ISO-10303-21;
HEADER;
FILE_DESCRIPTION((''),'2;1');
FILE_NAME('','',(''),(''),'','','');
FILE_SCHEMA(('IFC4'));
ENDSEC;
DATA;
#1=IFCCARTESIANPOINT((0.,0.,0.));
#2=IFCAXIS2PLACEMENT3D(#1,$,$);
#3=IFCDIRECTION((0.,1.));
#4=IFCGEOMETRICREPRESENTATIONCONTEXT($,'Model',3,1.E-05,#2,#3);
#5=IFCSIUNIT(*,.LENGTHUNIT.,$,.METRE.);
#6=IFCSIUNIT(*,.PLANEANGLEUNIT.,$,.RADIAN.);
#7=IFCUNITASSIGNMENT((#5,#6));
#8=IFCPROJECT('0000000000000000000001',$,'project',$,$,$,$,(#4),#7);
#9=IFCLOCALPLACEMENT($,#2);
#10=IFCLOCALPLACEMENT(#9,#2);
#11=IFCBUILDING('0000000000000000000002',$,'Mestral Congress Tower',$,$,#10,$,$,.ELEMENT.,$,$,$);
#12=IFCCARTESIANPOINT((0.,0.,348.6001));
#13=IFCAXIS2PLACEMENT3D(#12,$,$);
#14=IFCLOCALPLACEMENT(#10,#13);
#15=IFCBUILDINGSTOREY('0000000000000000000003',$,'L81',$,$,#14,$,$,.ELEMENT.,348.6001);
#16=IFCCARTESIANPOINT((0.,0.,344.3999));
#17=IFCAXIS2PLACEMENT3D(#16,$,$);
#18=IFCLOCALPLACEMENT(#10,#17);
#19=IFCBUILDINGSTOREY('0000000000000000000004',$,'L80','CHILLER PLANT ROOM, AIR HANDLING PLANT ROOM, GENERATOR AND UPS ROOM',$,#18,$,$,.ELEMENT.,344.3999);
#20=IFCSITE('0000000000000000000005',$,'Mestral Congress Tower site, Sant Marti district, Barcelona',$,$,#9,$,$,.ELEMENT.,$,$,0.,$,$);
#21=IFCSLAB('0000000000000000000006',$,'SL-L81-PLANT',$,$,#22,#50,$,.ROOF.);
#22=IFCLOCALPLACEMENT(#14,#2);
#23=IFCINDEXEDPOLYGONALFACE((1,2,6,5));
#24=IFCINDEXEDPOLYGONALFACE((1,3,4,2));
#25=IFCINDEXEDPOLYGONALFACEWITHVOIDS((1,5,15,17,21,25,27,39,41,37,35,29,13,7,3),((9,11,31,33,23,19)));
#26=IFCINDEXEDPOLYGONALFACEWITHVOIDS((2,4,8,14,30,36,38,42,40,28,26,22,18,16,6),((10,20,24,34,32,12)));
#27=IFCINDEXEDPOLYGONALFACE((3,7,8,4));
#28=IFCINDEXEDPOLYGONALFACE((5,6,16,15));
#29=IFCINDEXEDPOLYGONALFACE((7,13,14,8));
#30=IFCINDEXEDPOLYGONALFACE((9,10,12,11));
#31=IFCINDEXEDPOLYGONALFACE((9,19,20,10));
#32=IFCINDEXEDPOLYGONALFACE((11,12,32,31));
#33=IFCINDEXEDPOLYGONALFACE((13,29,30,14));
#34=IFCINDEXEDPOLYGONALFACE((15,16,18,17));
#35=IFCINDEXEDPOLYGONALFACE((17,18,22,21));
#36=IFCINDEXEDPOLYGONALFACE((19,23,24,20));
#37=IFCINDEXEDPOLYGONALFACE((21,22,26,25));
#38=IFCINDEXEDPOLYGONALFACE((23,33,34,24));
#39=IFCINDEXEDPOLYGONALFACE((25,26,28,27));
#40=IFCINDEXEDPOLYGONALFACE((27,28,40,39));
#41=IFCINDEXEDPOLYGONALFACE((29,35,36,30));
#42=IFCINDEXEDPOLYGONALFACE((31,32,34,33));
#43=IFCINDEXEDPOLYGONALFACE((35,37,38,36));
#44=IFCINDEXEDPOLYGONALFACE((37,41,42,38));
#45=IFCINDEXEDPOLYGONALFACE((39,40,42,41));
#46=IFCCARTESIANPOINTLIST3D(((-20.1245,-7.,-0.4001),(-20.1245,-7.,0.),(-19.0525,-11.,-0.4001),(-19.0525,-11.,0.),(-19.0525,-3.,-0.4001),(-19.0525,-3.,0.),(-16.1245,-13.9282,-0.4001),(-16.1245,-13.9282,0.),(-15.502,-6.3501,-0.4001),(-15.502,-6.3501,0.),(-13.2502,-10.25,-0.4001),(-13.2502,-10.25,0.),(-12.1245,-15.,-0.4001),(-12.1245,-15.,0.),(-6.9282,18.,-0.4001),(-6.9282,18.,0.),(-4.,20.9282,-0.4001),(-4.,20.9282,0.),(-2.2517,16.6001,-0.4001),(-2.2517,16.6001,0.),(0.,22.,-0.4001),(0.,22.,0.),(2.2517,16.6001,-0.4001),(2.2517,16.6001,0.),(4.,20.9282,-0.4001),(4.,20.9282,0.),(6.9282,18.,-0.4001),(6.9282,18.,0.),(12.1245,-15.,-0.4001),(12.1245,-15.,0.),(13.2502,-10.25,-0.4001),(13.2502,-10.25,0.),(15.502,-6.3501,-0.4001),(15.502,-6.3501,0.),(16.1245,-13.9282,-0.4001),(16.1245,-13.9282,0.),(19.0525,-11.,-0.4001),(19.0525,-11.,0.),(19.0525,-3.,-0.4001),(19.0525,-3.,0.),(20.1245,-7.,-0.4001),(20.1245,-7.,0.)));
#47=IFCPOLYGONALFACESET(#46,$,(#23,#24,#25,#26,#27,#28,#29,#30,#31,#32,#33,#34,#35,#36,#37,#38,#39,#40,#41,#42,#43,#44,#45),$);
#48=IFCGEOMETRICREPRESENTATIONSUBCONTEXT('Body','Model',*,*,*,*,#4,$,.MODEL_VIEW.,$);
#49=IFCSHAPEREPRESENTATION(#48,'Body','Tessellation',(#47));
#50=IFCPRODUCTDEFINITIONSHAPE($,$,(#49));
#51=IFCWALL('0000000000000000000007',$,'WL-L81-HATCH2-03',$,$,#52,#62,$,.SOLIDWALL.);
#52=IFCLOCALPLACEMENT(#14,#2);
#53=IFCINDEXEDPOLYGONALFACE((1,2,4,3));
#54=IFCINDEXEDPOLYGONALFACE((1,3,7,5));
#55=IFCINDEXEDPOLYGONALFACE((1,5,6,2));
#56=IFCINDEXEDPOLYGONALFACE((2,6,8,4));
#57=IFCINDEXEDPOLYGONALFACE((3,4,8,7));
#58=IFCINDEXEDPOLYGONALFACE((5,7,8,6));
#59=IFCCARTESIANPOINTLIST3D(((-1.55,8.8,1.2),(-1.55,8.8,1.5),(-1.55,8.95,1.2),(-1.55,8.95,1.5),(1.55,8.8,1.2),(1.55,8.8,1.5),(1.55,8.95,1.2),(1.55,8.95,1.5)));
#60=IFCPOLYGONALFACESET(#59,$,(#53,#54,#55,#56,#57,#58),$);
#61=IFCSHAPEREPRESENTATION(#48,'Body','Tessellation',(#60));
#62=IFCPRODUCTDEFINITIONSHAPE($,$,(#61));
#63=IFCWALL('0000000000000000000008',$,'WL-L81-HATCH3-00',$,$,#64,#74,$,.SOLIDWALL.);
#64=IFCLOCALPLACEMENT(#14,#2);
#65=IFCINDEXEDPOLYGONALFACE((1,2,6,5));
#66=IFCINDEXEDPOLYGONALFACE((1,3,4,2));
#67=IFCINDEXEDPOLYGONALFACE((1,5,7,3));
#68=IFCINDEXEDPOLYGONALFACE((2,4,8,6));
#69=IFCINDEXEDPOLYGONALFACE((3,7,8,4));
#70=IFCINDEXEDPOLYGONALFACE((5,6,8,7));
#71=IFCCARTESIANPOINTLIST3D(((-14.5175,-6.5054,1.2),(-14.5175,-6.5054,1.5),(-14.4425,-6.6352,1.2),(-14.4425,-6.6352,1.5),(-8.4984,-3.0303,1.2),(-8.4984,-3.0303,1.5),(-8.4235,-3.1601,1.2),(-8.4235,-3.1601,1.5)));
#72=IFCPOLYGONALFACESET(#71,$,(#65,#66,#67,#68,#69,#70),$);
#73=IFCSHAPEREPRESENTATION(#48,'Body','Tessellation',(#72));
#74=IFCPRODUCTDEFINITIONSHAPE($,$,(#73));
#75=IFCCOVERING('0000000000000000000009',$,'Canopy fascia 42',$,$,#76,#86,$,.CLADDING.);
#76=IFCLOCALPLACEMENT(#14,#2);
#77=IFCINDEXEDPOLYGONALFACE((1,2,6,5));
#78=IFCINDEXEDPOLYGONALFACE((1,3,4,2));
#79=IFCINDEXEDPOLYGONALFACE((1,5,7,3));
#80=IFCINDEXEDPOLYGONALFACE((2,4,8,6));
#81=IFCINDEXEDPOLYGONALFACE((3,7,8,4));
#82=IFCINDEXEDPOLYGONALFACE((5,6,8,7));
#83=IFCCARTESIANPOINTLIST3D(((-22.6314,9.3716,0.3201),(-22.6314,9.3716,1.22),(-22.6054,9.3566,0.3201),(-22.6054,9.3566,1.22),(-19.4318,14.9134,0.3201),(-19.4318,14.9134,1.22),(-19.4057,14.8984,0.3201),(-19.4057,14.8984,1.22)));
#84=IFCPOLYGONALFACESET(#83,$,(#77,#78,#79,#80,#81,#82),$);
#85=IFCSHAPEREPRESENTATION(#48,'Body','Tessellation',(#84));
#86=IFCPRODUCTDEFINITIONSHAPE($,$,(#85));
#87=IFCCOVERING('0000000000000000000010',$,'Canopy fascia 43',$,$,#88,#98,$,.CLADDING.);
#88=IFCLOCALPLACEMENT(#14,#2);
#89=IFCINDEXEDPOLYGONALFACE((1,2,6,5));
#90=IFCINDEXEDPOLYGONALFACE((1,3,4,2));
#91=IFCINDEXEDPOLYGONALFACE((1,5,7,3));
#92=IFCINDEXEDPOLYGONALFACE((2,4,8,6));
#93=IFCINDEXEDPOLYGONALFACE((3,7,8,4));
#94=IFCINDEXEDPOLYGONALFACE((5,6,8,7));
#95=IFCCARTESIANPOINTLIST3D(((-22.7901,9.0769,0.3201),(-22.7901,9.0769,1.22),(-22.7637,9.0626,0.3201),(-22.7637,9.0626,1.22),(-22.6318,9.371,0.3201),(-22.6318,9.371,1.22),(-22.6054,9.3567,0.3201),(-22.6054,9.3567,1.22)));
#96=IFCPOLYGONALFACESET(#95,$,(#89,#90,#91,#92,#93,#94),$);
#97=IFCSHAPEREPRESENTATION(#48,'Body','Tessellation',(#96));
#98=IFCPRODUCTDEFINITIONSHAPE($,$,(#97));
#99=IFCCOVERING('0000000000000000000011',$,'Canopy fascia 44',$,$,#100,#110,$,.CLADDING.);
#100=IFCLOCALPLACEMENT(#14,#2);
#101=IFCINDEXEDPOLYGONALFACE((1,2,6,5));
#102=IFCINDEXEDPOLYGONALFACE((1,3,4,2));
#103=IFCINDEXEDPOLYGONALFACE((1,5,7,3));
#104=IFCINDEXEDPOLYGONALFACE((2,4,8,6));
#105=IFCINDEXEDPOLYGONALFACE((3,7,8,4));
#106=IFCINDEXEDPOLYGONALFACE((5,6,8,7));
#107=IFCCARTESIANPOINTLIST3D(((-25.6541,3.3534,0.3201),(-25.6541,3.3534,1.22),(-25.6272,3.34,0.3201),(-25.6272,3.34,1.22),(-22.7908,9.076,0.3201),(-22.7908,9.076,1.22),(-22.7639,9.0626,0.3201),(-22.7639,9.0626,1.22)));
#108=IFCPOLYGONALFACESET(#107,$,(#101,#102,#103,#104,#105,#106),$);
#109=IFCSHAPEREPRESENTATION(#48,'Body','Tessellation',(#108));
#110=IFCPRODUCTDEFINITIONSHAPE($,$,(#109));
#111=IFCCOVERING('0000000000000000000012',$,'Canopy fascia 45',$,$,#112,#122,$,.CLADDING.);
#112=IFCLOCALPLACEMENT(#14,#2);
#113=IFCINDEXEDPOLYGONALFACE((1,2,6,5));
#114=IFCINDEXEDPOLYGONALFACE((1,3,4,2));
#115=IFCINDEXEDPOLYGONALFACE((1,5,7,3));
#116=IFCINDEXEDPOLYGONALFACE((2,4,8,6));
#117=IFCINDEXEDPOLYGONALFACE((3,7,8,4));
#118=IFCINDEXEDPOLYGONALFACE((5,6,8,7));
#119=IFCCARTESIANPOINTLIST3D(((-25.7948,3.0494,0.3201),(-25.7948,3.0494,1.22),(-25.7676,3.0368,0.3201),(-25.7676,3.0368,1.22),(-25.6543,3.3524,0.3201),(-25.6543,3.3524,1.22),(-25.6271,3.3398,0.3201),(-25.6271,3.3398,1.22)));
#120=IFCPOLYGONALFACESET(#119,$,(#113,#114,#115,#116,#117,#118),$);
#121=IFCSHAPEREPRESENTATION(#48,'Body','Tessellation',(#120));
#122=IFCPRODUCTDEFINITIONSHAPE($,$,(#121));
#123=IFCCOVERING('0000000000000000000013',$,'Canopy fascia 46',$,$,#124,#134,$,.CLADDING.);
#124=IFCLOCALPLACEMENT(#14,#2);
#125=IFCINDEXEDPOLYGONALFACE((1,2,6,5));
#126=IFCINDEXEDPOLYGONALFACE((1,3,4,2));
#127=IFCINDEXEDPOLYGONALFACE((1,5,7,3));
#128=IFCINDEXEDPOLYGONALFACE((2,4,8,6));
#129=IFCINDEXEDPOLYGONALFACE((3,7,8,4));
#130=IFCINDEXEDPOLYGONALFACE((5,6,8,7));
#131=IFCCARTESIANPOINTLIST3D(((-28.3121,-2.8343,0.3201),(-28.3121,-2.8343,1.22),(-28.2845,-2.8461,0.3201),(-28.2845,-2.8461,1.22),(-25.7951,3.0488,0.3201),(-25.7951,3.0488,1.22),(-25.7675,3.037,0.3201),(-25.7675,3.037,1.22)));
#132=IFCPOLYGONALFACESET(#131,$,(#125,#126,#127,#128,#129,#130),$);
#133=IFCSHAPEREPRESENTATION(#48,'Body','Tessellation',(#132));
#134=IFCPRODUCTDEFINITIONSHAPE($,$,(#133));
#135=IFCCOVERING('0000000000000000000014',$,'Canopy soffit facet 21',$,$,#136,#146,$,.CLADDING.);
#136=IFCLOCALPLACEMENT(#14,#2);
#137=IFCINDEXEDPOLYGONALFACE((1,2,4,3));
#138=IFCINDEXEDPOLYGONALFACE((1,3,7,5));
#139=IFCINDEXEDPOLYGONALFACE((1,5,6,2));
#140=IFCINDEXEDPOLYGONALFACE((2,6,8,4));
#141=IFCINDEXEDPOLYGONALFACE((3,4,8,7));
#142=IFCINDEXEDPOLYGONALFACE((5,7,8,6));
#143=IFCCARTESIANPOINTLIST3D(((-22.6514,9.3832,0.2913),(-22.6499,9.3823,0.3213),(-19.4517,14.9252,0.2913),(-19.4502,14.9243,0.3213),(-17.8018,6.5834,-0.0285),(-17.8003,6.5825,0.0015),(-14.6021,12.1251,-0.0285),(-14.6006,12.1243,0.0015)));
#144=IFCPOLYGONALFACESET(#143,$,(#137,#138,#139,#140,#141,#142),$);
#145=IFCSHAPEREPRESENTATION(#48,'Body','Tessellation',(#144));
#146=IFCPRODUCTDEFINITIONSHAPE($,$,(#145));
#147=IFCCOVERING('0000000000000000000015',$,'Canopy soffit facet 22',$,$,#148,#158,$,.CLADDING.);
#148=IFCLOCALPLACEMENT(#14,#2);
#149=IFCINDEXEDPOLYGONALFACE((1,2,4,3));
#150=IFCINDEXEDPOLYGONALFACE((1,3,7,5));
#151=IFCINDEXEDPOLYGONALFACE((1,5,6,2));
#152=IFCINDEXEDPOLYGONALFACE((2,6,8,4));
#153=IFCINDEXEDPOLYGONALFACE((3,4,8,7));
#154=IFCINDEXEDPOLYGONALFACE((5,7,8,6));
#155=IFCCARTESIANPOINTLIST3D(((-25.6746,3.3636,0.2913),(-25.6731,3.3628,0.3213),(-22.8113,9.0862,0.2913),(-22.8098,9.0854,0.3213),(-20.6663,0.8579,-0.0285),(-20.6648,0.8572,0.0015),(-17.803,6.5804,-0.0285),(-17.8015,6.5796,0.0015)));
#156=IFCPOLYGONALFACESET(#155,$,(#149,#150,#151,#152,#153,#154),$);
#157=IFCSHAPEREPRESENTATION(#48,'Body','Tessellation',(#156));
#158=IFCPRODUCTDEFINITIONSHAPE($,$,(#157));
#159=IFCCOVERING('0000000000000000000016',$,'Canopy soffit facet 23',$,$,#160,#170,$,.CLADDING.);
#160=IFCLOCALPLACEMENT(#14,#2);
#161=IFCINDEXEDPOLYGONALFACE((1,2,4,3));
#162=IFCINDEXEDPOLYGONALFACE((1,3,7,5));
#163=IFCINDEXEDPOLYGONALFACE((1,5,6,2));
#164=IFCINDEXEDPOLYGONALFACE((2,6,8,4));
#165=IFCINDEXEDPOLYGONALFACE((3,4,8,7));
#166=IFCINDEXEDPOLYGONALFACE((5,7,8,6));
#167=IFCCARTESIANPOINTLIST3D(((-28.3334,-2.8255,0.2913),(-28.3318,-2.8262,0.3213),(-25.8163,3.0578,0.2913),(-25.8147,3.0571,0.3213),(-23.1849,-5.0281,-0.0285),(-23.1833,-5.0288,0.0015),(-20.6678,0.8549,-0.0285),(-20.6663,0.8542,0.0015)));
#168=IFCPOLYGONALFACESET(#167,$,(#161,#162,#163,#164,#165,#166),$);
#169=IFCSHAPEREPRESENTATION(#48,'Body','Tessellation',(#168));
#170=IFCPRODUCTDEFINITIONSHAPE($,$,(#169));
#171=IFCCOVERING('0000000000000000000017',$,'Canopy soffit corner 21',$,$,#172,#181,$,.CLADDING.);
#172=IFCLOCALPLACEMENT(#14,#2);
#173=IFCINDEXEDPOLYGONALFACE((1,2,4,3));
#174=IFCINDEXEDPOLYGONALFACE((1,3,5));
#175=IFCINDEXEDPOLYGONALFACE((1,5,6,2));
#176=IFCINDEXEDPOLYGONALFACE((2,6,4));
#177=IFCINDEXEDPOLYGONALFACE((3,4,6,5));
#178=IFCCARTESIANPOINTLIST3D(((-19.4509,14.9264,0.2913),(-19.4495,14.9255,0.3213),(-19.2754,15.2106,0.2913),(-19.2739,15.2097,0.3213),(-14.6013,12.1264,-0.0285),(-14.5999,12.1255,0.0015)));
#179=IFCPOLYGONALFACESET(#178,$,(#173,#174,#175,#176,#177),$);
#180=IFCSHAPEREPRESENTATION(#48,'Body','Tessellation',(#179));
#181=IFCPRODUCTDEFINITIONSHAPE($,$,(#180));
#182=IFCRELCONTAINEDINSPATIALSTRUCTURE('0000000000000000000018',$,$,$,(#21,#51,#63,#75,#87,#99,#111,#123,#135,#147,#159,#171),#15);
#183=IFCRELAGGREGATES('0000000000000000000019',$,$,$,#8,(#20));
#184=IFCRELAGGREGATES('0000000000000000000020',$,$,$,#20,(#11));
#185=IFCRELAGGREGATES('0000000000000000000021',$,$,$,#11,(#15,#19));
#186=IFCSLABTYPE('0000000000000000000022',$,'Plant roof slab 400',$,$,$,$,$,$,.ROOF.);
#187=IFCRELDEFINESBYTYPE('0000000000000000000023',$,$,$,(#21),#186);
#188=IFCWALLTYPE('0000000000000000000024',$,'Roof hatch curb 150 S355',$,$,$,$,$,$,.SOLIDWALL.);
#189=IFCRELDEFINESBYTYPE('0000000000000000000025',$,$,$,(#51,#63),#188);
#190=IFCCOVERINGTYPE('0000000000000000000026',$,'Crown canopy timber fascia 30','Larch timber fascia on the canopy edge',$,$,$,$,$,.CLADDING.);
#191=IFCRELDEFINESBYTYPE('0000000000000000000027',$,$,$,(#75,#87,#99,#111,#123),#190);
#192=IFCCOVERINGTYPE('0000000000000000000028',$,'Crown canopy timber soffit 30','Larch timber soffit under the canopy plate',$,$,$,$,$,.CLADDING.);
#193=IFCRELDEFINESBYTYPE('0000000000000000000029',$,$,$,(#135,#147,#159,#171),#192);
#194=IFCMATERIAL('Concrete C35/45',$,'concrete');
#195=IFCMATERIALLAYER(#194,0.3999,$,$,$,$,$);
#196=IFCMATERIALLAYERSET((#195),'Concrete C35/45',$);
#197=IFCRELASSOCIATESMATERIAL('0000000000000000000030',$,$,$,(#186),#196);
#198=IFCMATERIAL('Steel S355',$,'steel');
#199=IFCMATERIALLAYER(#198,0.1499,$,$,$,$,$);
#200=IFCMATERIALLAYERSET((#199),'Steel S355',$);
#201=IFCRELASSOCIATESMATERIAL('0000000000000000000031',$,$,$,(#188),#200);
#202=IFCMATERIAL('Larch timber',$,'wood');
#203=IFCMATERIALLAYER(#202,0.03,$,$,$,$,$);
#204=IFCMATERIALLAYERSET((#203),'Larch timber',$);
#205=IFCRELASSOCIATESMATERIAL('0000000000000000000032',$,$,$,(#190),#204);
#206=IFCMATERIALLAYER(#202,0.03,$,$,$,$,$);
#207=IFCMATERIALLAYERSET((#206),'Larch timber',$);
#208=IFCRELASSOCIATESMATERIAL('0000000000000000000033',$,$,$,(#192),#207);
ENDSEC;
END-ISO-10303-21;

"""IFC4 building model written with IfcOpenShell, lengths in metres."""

from ifc_helpers import new_model, si_unit, direction, frame, frame_2d, origin, origin_2d, place, context, subcontext, project, spatial, polyline, rectangle, outline, extrude, material, layer, layer_set, type_object, element, save


model = new_model("IFC4")

# Units and contexts
model_context = context("Model", 3, precision=1e-05, world=origin(), true_north=direction((0.0, 1.0)))
body_context = subcontext(model_context, "Body", "Model", "MODEL_VIEW")
ifc_project = project(units=[si_unit("LENGTHUNIT", "METRE"), si_unit("PLANEANGLEUNIT", "RADIAN")], contexts=[model_context])

# Site, building, storey
site_placement = place(None, origin())
site = spatial("IfcSite", under=ifc_project, at=site_placement, Name="Mestral Congress Tower site, Sant Marti district, Barcelona", CompositionType="ELEMENT", RefElevation=0.0)
building_placement = place(site_placement, origin())
building = spatial("IfcBuilding", under=site, at=building_placement, Name="Mestral Congress Tower", CompositionType="ELEMENT")
storey_1_placement = place(building_placement, frame((0.0, 0.0, 348.6001)))
storey_1 = spatial("IfcBuildingStorey", under=building, at=storey_1_placement, Name="L81", CompositionType="ELEMENT", Elevation=348.6001)

# Shared definitions
ifc_material_1 = material(Name="Steel S355", Category="steel")

# Shared definitions
storey_2_placement = place(building_placement, frame((0.0, 0.0, 344.3999)))
storey_2 = spatial("IfcBuildingStorey", under=building, at=storey_2_placement, Name="L80", Description="CHILLER PLANT ROOM, AIR HANDLING PLANT ROOM, GENERATOR AND UPS ROOM", CompositionType="ELEMENT", Elevation=344.3999)

# Slab
placement = place(storey_1_placement, frame((0.0, 0.0, -0.4001)))
ifc_material_2 = material(Name="Concrete C35/45", Category="concrete")
ifc_layer_1 = layer(ifc_material_2, 0.3999)
ifc_layer_set_1 = layer_set([ifc_layer_1], Name="Concrete C35/45")
slab_type_1 = type_object("IfcSlabType", Name="Plant roof slab 400", PredefinedType="ROOF", material=ifc_layer_set_1)
element("IfcSlab", 1, at=placement, inside=storey_1, type_object=slab_type_1, Name="SL-L81-PLANT", PredefinedType="ROOF", context=body_context, shape_type="SweptSolid", body=[
    extrude(outline(polyline([(12.1245, -15.0), (16.1245, -13.9282), (19.0525, -11.0), (20.1245, -7.0), (19.0525, -3.0), (6.9282, 18.0), (4.0, 20.9282), (0.0, 22.0), (-4.0, 20.9282), (-6.9282, 18.0), (-19.0525, -3.0), (-20.1245, -7.0), (-19.0525, -11.0), (-16.1245, -13.9282), (-12.1245, -15.0), (12.1245, -15.0)]), holes=[polyline([(-2.2517, 16.6001), (-15.502, -6.3501), (-13.2502, -10.25), (13.2502, -10.25), (15.502, -6.3501), (2.2517, 16.6001), (-2.2517, 16.6001)])]), origin(), (0.0, 0.0, 1.0), 0.4001),
])

# Walls
ifc_layer_2 = layer(ifc_material_1, 0.1499)
ifc_layer_set_2 = layer_set([ifc_layer_2], Name="Steel S355")
wall_type = type_object("IfcWallType", Name="Roof hatch curb 150 S355", PredefinedType="SOLIDWALL", material=ifc_layer_set_2)
wall_1_placement = place(storey_1_placement, frame((-1.55, 8.875, 1.2), z_axis=(0.0, 0.0, 1.0), x_axis=(1.0, 0.0, 0.0)))
element("IfcWall", 2, at=wall_1_placement, inside=storey_1, type_object=wall_type, Name="WL-L81-HATCH2-03", PredefinedType="SOLIDWALL", context=body_context, shape_type="SweptSolid", body=[
    extrude(rectangle(XDim=3.1001, YDim=0.1499, at=frame_2d((1.55, 0.0))), origin(), (0.0, 0.0, 1.0), 0.3),
])
wall_2_placement = place(storey_1_placement, frame((-8.4609, -3.0952, 1.2), z_axis=(0.0, 0.0, 1.0), x_axis=(-0.866025, -0.5, 0.0)))
element("IfcWall", 3, at=wall_2_placement, inside=storey_1, type_object=wall_type, Name="WL-L81-HATCH3-00", PredefinedType="SOLIDWALL", context=body_context, shape_type="SweptSolid", body=[
    extrude(rectangle(XDim=6.9502, YDim=0.1499, at=frame_2d((3.4751, 0.0))), origin(), (0.0, 0.0, 1.0), 0.3),
])

# Coverings
ifc_material_3 = material(Name="Larch timber", Category="wood")
ifc_layer_3 = layer(ifc_material_3, 0.03)
ifc_layer_set_3 = layer_set([ifc_layer_3], Name="Larch timber")
covering_type_1 = type_object("IfcCoveringType", Name="Crown canopy timber fascia 30", Description="Larch timber fascia on the canopy edge", PredefinedType="CLADDING", material=ifc_layer_set_3)
covering_1_placement = place(storey_1_placement, frame((-21.0186, 12.135, 0.3201), z_axis=(0.0, 0.0, 1.0), x_axis=(-0.500005, -0.866023, 0.0)))
element("IfcCovering", 4, at=covering_1_placement, inside=storey_1, type_object=covering_type_1, Name="Canopy fascia 42", PredefinedType="CLADDING", context=body_context, shape_type="SweptSolid", body=[
    extrude(rectangle(XDim=6.3992, YDim=0.03, at=origin_2d()), origin(), (0.0, 0.0, 1.0), 0.8999),
])
covering_2_placement = place(storey_1_placement, frame((-22.6978, 9.2168, 0.3201), z_axis=(0.0, 0.0, 1.0), x_axis=(-0.473945, -0.880554, 0.0)))
element("IfcCovering", 5, at=covering_2_placement, inside=storey_1, type_object=covering_type_1, Name="Canopy fascia 43", PredefinedType="CLADDING", context=body_context, shape_type="SweptSolid", body=[
    extrude(rectangle(XDim=0.334, YDim=0.03, at=origin_2d()), origin(), (0.0, 0.0, 1.0), 0.8999),
])
covering_3_placement = place(storey_1_placement, frame((-24.209, 6.208, 0.3201), z_axis=(0.0, 0.0, 1.0), x_axis=(-0.447464, -0.894302, 0.0)))
element("IfcCovering", 6, at=covering_3_placement, inside=storey_1, type_object=covering_type_1, Name="Canopy fascia 44", PredefinedType="CLADDING", context=body_context, shape_type="SweptSolid", body=[
    extrude(rectangle(XDim=6.3989, YDim=0.03, at=origin_2d()), origin(), (0.0, 0.0, 1.0), 0.8999),
])
covering_4_placement = place(storey_1_placement, frame((-25.7109, 3.1946, 0.3201), z_axis=(0.0, 0.0, 1.0), x_axis=(-0.420597, -0.907247, 0.0)))
element("IfcCovering", 7, at=covering_4_placement, inside=storey_1, type_object=covering_type_1, Name="Canopy fascia 45", PredefinedType="CLADDING", context=body_context, shape_type="SweptSolid", body=[
    extrude(rectangle(XDim=0.334, YDim=0.03, at=origin_2d()), origin(), (0.0, 0.0, 1.0), 0.8999),
])
covering_5_placement = place(storey_1_placement, frame((-27.0398, 0.1013, 0.3201), z_axis=(0.0, 0.0, 1.0), x_axis=(-0.393355, -0.919387, 0.0)))
element("IfcCovering", 8, at=covering_5_placement, inside=storey_1, type_object=covering_type_1, Name="Canopy fascia 46", PredefinedType="CLADDING", context=body_context, shape_type="SweptSolid", body=[
    extrude(rectangle(XDim=6.3989, YDim=0.03, at=origin_2d()), origin(), (0.0, 0.0, 1.0), 0.8999),
])
ifc_layer_4 = layer(ifc_material_3, 0.03)
ifc_layer_set_4 = layer_set([ifc_layer_4], Name="Larch timber")
covering_type_2 = type_object("IfcCoveringType", Name="Crown canopy timber soffit 30", Description="Larch timber soffit under the canopy plate", PredefinedType="CLADDING", material=ifc_layer_set_4)
covering_6_placement = place(storey_1_placement, frame((-14.6006, 12.1243, 0.0015), z_axis=(0.04938, -0.028511, 0.998373), x_axis=(-0.500021, -0.866013, 0.000001)))
element("IfcCovering", 9, at=covering_6_placement, inside=storey_1, type_object=covering_type_2, Name="Canopy soffit facet 21", PredefinedType="CLADDING", context=body_context, shape_type="SweptSolid", body=[
    extrude(outline(polyline([(0.0, 0.0), (6.3991, 0.0), (6.3994, -5.6089), (0.0, -5.609), (0.0, 0.0)])), origin(), (0.0, 0.0, -1.0), 0.03),
])
covering_7_placement = place(storey_1_placement, frame((-17.8015, 6.5796, 0.0015), z_axis=(0.05099, -0.025513, 0.998373), x_axis=(-0.447473, -0.894297, 0.0)))
element("IfcCovering", 10, at=covering_7_placement, inside=storey_1, type_object=covering_type_2, Name="Canopy soffit facet 22", PredefinedType="CLADDING", context=body_context, shape_type="SweptSolid", body=[
    extrude(outline(polyline([(0.0, 0.0), (6.3988, 0.0), (6.3991, -5.6092), (0.0001, -5.6093), (0.0, 0.0)])), origin(), (0.0, 0.0, -1.0), 0.03),
])
covering_8_placement = place(storey_1_placement, frame((-20.6663, 0.8542, 0.0015), z_axis=(0.052423, -0.022429, 0.998373), x_axis=(-0.393362, -0.919384, 0.0)))
element("IfcCovering", 11, at=covering_8_placement, inside=storey_1, type_object=covering_type_2, Name="Canopy soffit facet 23", PredefinedType="CLADDING", context=body_context, shape_type="SweptSolid", body=[
    extrude(outline(polyline([(0.0, 0.0), (6.3989, 0.0), (6.399, -5.6089), (-0.0001, -5.609), (0.0, 0.0)])), origin(), (0.0, 0.0, -1.0), 0.03),
])
covering_9_placement = place(storey_1_placement, frame((-14.5999, 12.1255, 0.0015), z_axis=(0.048532, -0.029978, 0.998372), x_axis=(-0.833306, 0.549864, 0.057019)))
element("IfcCovering", 12, at=covering_9_placement, inside=storey_1, type_object=covering_type_2, Name="Canopy soffit corner 21", PredefinedType="CLADDING", context=body_context, shape_type="SweptSolid", body=[
    extrude(outline(polyline([(0.0, 0.0), (5.6091, 0.0), (5.5991, 0.3339), (0.0, 0.0)])), origin(), (0.0, 0.0, -1.0), 0.03),
])

save(model, "model.ifc")
